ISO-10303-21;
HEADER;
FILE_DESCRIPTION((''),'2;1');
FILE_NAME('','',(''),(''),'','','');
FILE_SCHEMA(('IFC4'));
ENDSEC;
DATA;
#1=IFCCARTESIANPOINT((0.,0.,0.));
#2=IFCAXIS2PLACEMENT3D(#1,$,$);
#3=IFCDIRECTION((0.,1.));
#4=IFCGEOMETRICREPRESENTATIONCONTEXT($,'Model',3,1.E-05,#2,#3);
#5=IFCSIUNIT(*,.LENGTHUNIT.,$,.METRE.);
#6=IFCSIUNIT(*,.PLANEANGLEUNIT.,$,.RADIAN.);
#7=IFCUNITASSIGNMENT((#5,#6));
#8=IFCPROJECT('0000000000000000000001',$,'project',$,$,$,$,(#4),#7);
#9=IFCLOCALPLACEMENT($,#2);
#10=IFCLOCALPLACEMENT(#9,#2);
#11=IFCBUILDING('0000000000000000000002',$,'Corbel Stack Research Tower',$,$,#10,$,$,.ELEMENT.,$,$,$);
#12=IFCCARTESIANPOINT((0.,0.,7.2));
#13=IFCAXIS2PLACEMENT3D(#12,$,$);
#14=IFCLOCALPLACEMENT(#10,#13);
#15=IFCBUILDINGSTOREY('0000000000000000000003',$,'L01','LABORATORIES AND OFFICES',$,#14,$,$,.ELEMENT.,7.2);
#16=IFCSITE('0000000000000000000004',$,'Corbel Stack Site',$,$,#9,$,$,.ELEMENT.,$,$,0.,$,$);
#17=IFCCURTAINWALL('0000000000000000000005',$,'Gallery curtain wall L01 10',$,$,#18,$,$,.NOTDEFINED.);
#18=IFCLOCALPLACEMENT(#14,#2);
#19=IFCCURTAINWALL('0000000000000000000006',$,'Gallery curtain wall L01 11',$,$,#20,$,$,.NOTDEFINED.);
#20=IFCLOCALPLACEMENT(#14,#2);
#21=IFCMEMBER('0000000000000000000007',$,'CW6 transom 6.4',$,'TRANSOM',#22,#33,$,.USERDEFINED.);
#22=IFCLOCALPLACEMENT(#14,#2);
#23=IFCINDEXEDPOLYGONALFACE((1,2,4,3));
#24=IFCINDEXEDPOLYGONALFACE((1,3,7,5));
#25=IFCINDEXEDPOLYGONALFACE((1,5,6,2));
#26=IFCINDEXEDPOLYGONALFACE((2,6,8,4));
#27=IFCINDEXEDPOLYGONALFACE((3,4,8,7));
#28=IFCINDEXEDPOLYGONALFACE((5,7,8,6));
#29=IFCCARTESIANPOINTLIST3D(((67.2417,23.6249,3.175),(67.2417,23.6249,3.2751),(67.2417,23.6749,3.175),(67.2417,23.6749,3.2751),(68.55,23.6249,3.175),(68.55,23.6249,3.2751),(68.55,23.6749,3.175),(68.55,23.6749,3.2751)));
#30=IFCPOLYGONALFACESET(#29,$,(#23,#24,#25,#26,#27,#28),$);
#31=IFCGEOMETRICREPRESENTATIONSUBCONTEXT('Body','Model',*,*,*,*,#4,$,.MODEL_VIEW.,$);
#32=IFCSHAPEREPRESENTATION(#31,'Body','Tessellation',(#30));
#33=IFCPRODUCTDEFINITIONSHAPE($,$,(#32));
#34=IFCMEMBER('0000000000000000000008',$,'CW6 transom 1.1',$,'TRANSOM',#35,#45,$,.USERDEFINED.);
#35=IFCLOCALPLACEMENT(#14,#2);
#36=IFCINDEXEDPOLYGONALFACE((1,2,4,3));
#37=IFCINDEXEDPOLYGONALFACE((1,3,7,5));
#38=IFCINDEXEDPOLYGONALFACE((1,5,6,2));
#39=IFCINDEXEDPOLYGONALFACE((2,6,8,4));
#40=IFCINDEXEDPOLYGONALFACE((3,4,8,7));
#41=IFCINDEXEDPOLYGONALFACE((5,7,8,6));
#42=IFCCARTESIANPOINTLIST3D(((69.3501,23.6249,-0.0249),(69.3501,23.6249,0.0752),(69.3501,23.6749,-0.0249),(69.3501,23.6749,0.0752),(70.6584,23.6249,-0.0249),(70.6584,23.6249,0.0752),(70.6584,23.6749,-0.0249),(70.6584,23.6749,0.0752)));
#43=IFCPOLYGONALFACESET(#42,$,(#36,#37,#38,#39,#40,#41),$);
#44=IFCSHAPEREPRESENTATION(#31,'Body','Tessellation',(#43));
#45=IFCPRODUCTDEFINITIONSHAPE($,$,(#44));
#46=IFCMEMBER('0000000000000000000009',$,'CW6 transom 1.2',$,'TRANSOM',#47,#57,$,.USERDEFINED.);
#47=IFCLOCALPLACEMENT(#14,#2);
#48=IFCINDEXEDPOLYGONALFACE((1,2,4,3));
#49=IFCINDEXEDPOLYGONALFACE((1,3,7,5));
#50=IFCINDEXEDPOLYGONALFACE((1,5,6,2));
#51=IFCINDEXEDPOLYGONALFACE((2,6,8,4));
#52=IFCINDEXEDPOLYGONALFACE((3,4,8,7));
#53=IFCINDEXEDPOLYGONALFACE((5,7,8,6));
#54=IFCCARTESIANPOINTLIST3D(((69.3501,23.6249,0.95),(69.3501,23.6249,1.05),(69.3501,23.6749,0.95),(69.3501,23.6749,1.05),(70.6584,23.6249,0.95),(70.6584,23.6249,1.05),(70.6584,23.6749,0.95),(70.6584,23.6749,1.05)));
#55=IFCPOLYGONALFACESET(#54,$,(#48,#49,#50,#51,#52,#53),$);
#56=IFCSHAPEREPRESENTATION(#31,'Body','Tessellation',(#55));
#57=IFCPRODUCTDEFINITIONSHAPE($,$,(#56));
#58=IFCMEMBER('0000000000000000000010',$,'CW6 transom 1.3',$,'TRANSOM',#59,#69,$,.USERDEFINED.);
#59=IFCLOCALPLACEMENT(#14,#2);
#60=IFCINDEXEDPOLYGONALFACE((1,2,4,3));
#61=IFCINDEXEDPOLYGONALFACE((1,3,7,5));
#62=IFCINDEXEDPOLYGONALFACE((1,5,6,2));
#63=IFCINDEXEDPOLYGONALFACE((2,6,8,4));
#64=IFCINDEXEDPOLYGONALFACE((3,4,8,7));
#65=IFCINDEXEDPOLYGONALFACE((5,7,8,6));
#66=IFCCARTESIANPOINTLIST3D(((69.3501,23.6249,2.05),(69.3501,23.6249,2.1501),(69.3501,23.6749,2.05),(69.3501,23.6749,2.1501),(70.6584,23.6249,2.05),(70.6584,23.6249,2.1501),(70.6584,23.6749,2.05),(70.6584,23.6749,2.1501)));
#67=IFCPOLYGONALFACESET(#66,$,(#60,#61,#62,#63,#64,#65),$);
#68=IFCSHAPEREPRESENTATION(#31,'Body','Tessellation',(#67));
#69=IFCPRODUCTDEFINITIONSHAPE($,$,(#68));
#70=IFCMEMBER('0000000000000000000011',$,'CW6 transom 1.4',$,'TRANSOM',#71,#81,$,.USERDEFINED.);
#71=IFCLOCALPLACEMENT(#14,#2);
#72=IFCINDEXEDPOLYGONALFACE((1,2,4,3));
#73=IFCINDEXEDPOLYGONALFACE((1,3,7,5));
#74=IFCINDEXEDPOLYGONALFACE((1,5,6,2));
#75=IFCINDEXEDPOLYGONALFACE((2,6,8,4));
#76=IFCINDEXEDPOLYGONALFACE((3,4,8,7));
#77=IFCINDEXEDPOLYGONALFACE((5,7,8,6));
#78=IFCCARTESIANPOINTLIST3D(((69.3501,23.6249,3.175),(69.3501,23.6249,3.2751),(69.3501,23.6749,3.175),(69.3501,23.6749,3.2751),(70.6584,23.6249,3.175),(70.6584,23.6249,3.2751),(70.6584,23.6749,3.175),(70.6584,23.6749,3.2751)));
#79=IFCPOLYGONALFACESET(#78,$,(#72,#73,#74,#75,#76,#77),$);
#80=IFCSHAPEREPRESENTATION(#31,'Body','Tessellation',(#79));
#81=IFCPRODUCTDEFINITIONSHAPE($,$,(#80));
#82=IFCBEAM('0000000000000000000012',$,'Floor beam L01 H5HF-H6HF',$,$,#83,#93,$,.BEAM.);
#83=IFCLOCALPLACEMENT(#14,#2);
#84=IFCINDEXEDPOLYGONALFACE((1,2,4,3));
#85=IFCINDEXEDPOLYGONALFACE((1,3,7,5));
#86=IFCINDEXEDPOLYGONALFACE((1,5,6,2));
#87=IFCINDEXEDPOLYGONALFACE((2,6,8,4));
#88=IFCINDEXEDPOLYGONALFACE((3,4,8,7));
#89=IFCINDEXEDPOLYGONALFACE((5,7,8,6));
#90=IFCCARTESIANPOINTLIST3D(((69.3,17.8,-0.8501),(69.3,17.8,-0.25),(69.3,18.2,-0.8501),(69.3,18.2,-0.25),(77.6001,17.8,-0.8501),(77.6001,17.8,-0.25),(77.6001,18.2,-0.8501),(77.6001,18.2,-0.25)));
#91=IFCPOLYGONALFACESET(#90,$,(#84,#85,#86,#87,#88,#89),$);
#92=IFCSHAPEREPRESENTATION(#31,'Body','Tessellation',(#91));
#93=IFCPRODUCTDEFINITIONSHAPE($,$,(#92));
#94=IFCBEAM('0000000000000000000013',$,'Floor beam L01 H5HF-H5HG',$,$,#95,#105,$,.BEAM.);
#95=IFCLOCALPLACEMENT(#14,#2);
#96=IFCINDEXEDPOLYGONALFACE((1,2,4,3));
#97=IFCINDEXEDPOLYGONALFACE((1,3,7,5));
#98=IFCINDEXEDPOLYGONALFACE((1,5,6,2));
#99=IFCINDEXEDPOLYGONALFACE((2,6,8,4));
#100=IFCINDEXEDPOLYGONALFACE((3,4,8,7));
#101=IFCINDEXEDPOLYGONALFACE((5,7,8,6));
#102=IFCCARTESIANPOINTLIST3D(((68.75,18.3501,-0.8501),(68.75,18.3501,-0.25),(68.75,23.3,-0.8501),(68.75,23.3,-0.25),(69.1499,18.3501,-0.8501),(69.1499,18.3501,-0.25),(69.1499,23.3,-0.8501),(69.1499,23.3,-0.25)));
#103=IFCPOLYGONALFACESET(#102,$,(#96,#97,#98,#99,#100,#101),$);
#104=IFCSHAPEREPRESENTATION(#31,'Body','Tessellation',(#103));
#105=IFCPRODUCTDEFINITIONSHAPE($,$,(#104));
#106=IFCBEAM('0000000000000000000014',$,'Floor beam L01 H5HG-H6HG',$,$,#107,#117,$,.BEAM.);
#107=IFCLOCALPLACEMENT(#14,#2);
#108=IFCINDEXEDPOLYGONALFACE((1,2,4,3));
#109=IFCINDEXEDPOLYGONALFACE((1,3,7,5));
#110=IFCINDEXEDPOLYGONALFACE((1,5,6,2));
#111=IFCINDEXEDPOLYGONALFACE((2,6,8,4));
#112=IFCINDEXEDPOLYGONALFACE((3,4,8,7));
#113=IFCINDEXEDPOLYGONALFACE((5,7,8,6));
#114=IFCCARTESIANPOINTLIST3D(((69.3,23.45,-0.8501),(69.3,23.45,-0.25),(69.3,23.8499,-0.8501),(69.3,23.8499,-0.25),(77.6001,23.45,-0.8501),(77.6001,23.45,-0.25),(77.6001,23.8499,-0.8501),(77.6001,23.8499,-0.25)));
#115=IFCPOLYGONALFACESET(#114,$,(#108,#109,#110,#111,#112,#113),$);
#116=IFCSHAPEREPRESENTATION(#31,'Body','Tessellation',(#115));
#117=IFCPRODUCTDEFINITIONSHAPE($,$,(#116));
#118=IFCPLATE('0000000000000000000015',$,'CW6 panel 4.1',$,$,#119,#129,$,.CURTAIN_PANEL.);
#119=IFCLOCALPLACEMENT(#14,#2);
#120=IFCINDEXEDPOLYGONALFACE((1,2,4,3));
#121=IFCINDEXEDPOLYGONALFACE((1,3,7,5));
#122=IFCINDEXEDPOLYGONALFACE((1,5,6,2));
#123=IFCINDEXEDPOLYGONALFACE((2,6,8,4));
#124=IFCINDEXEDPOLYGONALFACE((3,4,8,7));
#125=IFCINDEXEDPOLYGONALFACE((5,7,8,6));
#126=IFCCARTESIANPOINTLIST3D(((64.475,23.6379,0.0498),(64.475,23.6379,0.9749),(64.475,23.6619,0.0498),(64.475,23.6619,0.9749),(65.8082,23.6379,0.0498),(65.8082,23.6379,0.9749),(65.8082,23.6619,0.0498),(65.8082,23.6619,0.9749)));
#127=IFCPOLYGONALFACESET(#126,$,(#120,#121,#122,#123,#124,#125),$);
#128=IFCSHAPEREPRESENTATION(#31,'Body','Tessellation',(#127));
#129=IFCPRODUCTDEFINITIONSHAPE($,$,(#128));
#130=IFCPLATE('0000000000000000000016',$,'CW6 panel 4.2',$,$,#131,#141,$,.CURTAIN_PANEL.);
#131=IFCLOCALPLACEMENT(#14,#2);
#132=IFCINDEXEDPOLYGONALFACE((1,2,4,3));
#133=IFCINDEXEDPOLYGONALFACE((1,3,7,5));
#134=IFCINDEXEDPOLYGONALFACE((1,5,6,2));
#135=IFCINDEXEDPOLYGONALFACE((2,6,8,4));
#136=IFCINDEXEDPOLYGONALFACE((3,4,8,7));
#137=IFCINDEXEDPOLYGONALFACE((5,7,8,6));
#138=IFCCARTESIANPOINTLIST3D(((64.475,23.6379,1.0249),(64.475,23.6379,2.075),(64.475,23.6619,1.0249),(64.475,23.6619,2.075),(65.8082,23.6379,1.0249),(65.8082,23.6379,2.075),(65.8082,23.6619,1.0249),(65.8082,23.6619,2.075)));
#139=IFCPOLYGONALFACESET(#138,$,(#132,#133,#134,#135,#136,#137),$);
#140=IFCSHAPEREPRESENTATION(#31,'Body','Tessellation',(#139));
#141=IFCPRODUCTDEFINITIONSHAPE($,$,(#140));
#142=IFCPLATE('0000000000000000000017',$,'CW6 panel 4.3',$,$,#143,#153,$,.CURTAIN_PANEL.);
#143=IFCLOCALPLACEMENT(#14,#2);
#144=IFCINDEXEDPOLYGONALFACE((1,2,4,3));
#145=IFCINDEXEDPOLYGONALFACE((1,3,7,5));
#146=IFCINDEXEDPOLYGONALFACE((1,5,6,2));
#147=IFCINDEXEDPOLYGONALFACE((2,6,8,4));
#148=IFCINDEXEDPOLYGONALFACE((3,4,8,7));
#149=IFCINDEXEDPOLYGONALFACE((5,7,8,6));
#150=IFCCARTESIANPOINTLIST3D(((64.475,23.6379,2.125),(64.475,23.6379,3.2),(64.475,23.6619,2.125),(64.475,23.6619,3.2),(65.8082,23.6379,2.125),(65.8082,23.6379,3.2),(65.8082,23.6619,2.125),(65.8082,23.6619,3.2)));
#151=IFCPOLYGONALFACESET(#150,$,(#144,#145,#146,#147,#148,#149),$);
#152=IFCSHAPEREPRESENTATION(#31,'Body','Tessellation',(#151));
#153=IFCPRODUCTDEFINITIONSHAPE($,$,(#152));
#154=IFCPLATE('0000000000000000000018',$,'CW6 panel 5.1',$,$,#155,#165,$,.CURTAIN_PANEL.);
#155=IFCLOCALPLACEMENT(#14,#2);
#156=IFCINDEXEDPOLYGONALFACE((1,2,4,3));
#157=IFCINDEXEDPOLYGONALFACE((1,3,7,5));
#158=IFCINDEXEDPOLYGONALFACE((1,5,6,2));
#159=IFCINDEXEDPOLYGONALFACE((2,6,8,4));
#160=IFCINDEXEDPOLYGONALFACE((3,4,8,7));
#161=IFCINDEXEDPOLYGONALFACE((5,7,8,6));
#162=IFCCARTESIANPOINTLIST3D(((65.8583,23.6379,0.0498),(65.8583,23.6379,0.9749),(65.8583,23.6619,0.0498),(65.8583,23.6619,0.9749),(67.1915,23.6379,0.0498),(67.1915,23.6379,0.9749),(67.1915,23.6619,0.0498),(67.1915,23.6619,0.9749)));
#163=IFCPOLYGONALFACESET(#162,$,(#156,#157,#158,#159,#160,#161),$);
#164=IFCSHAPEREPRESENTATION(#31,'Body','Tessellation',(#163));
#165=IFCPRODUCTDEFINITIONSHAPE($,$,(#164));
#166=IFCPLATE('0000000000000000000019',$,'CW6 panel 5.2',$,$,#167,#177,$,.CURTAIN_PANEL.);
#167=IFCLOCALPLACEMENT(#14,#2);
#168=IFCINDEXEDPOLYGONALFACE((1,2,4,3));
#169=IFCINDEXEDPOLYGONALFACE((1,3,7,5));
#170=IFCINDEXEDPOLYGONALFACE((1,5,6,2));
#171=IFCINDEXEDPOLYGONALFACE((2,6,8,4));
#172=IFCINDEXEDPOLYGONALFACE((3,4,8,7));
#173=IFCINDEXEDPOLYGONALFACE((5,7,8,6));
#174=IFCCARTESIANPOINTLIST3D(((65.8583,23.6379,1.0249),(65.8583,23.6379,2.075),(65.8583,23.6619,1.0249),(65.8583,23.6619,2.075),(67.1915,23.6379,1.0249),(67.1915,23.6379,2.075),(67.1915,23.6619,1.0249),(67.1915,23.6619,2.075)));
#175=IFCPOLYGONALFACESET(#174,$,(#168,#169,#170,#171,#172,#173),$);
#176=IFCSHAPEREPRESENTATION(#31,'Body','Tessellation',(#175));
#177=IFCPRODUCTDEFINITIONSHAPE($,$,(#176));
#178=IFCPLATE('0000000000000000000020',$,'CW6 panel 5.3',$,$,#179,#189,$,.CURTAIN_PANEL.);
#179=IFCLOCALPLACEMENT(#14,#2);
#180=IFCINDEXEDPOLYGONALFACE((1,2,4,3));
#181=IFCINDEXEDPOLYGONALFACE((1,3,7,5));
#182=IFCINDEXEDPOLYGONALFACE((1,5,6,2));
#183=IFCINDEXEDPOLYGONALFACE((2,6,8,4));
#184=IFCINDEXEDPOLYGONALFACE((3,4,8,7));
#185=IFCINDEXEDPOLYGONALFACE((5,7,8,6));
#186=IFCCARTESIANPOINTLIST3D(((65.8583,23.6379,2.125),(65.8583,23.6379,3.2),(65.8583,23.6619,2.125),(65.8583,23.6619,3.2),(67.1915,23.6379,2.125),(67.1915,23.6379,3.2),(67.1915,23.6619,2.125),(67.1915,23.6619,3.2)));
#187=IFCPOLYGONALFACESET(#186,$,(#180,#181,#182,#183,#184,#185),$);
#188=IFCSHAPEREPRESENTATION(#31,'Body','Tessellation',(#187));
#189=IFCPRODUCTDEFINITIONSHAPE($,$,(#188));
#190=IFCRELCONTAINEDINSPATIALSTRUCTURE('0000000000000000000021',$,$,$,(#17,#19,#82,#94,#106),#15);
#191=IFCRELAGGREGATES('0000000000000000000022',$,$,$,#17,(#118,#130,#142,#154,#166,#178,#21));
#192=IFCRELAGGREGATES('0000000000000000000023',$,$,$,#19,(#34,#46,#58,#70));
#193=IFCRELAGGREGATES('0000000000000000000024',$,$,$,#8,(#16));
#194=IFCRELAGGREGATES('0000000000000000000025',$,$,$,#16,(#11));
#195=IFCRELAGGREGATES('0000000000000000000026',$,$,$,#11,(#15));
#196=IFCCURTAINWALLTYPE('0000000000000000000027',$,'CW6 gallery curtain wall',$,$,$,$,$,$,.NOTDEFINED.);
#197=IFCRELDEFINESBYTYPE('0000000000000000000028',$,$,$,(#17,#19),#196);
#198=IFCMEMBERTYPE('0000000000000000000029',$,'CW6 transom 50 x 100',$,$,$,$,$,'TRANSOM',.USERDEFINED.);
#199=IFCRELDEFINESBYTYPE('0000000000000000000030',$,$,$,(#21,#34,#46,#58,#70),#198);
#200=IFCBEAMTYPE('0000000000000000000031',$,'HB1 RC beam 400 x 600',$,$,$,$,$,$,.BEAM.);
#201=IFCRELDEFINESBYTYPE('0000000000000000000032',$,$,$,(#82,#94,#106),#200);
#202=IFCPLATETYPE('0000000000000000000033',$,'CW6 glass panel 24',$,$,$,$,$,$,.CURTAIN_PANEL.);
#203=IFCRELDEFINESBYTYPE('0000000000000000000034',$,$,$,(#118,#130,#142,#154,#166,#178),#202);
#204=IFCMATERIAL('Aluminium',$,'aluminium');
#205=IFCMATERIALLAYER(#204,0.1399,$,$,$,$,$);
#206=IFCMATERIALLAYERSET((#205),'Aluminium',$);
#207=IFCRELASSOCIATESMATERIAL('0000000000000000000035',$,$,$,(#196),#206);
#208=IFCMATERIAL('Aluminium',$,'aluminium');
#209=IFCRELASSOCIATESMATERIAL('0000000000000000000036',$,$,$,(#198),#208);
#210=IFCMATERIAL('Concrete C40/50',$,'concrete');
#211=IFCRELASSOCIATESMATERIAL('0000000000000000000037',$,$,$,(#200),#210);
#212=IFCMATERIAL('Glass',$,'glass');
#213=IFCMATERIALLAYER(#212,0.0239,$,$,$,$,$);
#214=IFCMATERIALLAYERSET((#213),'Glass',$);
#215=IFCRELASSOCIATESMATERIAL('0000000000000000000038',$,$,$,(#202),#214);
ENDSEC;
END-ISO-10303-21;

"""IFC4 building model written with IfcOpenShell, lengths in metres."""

from ifc_helpers import new_model, si_unit, direction, frame, origin, origin_2d, place, context, subcontext, project, spatial, rectangle, extrude, material, layer, layer_set, material_profile, profile_set, type_object, element, aggregate, save


model = new_model("IFC4")

# Units and contexts
model_context = context("Model", 3, precision=1e-05, world=origin(), true_north=direction((0.0, 1.0)))
body_context = subcontext(model_context, "Body", "Model", "MODEL_VIEW")
ifc_project = project(units=[si_unit("LENGTHUNIT", "METRE"), si_unit("PLANEANGLEUNIT", "RADIAN")], contexts=[model_context])

# Site, building, storey
site_placement = place(None, origin())
site = spatial("IfcSite", under=ifc_project, at=site_placement, Name="Corbel Stack Site", CompositionType="ELEMENT", RefElevation=0.0)
building_placement = place(site_placement, origin())
building = spatial("IfcBuilding", under=site, at=building_placement, Name="Corbel Stack Research Tower", CompositionType="ELEMENT")
storey_placement = place(building_placement, frame((0.0, 0.0, 7.2)))
storey = spatial("IfcBuildingStorey", under=building, at=storey_placement, Name="L01", Description="LABORATORIES AND OFFICES", CompositionType="ELEMENT", Elevation=7.2)

# Curtain wall
ifc_material_1 = material(Name="Aluminium", Category="aluminium")
ifc_layer_1 = layer(ifc_material_1, 0.1399)
ifc_layer_set_1 = layer_set([ifc_layer_1], Name="Aluminium")
curtain_wall_type = type_object("IfcCurtainWallType", Name="CW6 gallery curtain wall", PredefinedType="NOTDEFINED", material=ifc_layer_set_1)
curtain_wall_1_placement = place(storey_placement, origin())
curtain_wall_1 = element("IfcCurtainWall", 1, at=curtain_wall_1_placement, inside=storey, type_object=curtain_wall_type, Name="Gallery curtain wall L01 10", PredefinedType="NOTDEFINED")

# Curtain wall
curtain_wall_2_placement = place(storey_placement, origin())
curtain_wall_2 = element("IfcCurtainWall", 2, at=curtain_wall_2_placement, inside=storey, type_object=curtain_wall_type, Name="Gallery curtain wall L01 11", PredefinedType="NOTDEFINED")

# Members
ifc_material_2 = material(Name="Aluminium", Category="aluminium")
ifc_material_profile_1 = material_profile(ifc_material_2, rectangle(XDim=0.05, YDim=0.1001, at=origin_2d()), Name="Transom 50 x 100")
ifc_profile_set_1 = profile_set([ifc_material_profile_1], Name="Aluminium")
member_type_1 = type_object("IfcMemberType", Name="CW6 transom 50 x 100", ElementType="TRANSOM", PredefinedType="USERDEFINED", material=ifc_profile_set_1)
member_1_placement = place(storey_placement, frame((67.2417, 23.6499, 3.2251), z_axis=(1.0, 0.0, 0.0), x_axis=(0.0, 1.0, 0.0)))
member_1 = element("IfcMember", 3, at=member_1_placement, type_object=member_type_1, Name="CW6 transom 6.4", ObjectType="TRANSOM", PredefinedType="USERDEFINED", context=body_context, shape_type="SweptSolid", body=[
    extrude(rectangle(XDim=0.05, YDim=0.1001, at=origin_2d()), origin(), (0.0, 0.0, 1.0), 1.3083),
])
member_2_placement = place(storey_placement, frame((69.3501, 23.6499, 0.0251), z_axis=(1.0, 0.0, 0.0), x_axis=(0.0, 1.0, 0.0)))
member_2 = element("IfcMember", 4, at=member_2_placement, type_object=member_type_1, Name="CW6 transom 1.1", ObjectType="TRANSOM", PredefinedType="USERDEFINED", context=body_context, shape_type="SweptSolid", body=[
    extrude(rectangle(XDim=0.05, YDim=0.1001, at=origin_2d()), origin(), (0.0, 0.0, 1.0), 1.3083),
])
member_3_placement = place(storey_placement, frame((69.3501, 23.6499, 1.0), z_axis=(1.0, 0.0, 0.0), x_axis=(0.0, 1.0, 0.0)))
member_3 = element("IfcMember", 5, at=member_3_placement, type_object=member_type_1, Name="CW6 transom 1.2", ObjectType="TRANSOM", PredefinedType="USERDEFINED", context=body_context, shape_type="SweptSolid", body=[
    extrude(rectangle(XDim=0.05, YDim=0.1001, at=origin_2d()), origin(), (0.0, 0.0, 1.0), 1.3083),
])
member_4_placement = place(storey_placement, frame((69.3501, 23.6499, 2.1001), z_axis=(1.0, 0.0, 0.0), x_axis=(0.0, 1.0, 0.0)))
member_4 = element("IfcMember", 6, at=member_4_placement, type_object=member_type_1, Name="CW6 transom 1.3", ObjectType="TRANSOM", PredefinedType="USERDEFINED", context=body_context, shape_type="SweptSolid", body=[
    extrude(rectangle(XDim=0.05, YDim=0.1001, at=origin_2d()), origin(), (0.0, 0.0, 1.0), 1.3083),
])
member_5_placement = place(storey_placement, frame((69.3501, 23.6499, 3.2251), z_axis=(1.0, 0.0, 0.0), x_axis=(0.0, 1.0, 0.0)))
member_5 = element("IfcMember", 7, at=member_5_placement, type_object=member_type_1, Name="CW6 transom 1.4", ObjectType="TRANSOM", PredefinedType="USERDEFINED", context=body_context, shape_type="SweptSolid", body=[
    extrude(rectangle(XDim=0.05, YDim=0.1001, at=origin_2d()), origin(), (0.0, 0.0, 1.0), 1.3083),
])

# Beams
ifc_material_3 = material(Name="Concrete C40/50", Category="concrete")
ifc_material_profile_2 = material_profile(ifc_material_3, rectangle(XDim=0.3999, YDim=0.6001, at=origin_2d()), Name="RC 400 x 600")
ifc_profile_set_2 = profile_set([ifc_material_profile_2], Name="Concrete C40/50")
beam_type = type_object("IfcBeamType", Name="HB1 RC beam 400 x 600", PredefinedType="BEAM", material=ifc_profile_set_2)
beam_1_placement = place(storey_placement, frame((69.3, 18.0, -0.55), z_axis=(1.0, 0.0, 0.0), x_axis=(0.0, 1.0, 0.0)))
element("IfcBeam", 8, at=beam_1_placement, inside=storey, type_object=beam_type, Name="Floor beam L01 H5HF-H6HF", PredefinedType="BEAM", context=body_context, shape_type="SweptSolid", body=[
    extrude(rectangle(XDim=0.3999, YDim=0.6001, at=origin_2d()), origin(), (0.0, 0.0, 1.0), 8.3),
])
beam_2_placement = place(storey_placement, frame((68.95, 18.3501, -0.55), z_axis=(0.0, 1.0, 0.0), x_axis=(-1.0, 0.0, 0.0)))
element("IfcBeam", 9, at=beam_2_placement, inside=storey, type_object=beam_type, Name="Floor beam L01 H5HF-H5HG", PredefinedType="BEAM", context=body_context, shape_type="SweptSolid", body=[
    extrude(rectangle(XDim=0.3999, YDim=0.6001, at=origin_2d()), origin(), (0.0, 0.0, 1.0), 4.95),
])
beam_3_placement = place(storey_placement, frame((69.3, 23.6499, -0.55), z_axis=(1.0, 0.0, 0.0), x_axis=(0.0, 1.0, 0.0)))
element("IfcBeam", 10, at=beam_3_placement, inside=storey, type_object=beam_type, Name="Floor beam L01 H5HG-H6HG", PredefinedType="BEAM", context=body_context, shape_type="SweptSolid", body=[
    extrude(rectangle(XDim=0.3999, YDim=0.6001, at=origin_2d()), origin(), (0.0, 0.0, 1.0), 8.3),
])

# Plates
ifc_material_4 = material(Name="Glass", Category="glass")
ifc_layer_2 = layer(ifc_material_4, 0.0239)
ifc_layer_set_2 = layer_set([ifc_layer_2], Name="Glass")
plate_type = type_object("IfcPlateType", Name="CW6 glass panel 24", PredefinedType="CURTAIN_PANEL", material=ifc_layer_set_2)
plate_1_placement = place(storey_placement, frame((65.1416, 23.6499, 0.0498), z_axis=(0.0, 0.0, 1.0), x_axis=(1.0, 0.0, 0.0)))
plate_1 = element("IfcPlate", 11, at=plate_1_placement, type_object=plate_type, Name="CW6 panel 4.1", PredefinedType="CURTAIN_PANEL", context=body_context, shape_type="SweptSolid", body=[
    extrude(rectangle(XDim=1.3333, YDim=0.0239, at=origin_2d()), origin(), (0.0, 0.0, 1.0), 0.925),
])
plate_2_placement = place(storey_placement, frame((65.1416, 23.6499, 1.0249), z_axis=(0.0, 0.0, 1.0), x_axis=(1.0, 0.0, 0.0)))
plate_2 = element("IfcPlate", 12, at=plate_2_placement, type_object=plate_type, Name="CW6 panel 4.2", PredefinedType="CURTAIN_PANEL", context=body_context, shape_type="SweptSolid", body=[
    extrude(rectangle(XDim=1.3333, YDim=0.0239, at=origin_2d()), origin(), (0.0, 0.0, 1.0), 1.05),
])
plate_3_placement = place(storey_placement, frame((65.1416, 23.6499, 2.125), z_axis=(0.0, 0.0, 1.0), x_axis=(1.0, 0.0, 0.0)))
plate_3 = element("IfcPlate", 13, at=plate_3_placement, type_object=plate_type, Name="CW6 panel 4.3", PredefinedType="CURTAIN_PANEL", context=body_context, shape_type="SweptSolid", body=[
    extrude(rectangle(XDim=1.3333, YDim=0.0239, at=origin_2d()), origin(), (0.0, 0.0, 1.0), 1.075),
])
plate_4_placement = place(storey_placement, frame((66.5249, 23.6499, 0.0498), z_axis=(0.0, 0.0, 1.0), x_axis=(1.0, 0.0, 0.0)))
plate_4 = element("IfcPlate", 14, at=plate_4_placement, type_object=plate_type, Name="CW6 panel 5.1", PredefinedType="CURTAIN_PANEL", context=body_context, shape_type="SweptSolid", body=[
    extrude(rectangle(XDim=1.3333, YDim=0.0239, at=origin_2d()), origin(), (0.0, 0.0, 1.0), 0.925),
])
plate_5_placement = place(storey_placement, frame((66.5249, 23.6499, 1.0249), z_axis=(0.0, 0.0, 1.0), x_axis=(1.0, 0.0, 0.0)))
plate_5 = element("IfcPlate", 15, at=plate_5_placement, type_object=plate_type, Name="CW6 panel 5.2", PredefinedType="CURTAIN_PANEL", context=body_context, shape_type="SweptSolid", body=[
    extrude(rectangle(XDim=1.3333, YDim=0.0239, at=origin_2d()), origin(), (0.0, 0.0, 1.0), 1.05),
])
plate_6_placement = place(storey_placement, frame((66.5249, 23.6499, 2.125), z_axis=(0.0, 0.0, 1.0), x_axis=(1.0, 0.0, 0.0)))
plate_6 = element("IfcPlate", 16, at=plate_6_placement, type_object=plate_type, Name="CW6 panel 5.3", PredefinedType="CURTAIN_PANEL", context=body_context, shape_type="SweptSolid", body=[
    extrude(rectangle(XDim=1.3333, YDim=0.0239, at=origin_2d()), origin(), (0.0, 0.0, 1.0), 1.075),
])
aggregate(curtain_wall_1, [plate_1, plate_2, plate_3, plate_4, plate_5, plate_6, member_1])
aggregate(curtain_wall_2, [member_2, member_3, member_4, member_5])

save(model, "model.ifc")
